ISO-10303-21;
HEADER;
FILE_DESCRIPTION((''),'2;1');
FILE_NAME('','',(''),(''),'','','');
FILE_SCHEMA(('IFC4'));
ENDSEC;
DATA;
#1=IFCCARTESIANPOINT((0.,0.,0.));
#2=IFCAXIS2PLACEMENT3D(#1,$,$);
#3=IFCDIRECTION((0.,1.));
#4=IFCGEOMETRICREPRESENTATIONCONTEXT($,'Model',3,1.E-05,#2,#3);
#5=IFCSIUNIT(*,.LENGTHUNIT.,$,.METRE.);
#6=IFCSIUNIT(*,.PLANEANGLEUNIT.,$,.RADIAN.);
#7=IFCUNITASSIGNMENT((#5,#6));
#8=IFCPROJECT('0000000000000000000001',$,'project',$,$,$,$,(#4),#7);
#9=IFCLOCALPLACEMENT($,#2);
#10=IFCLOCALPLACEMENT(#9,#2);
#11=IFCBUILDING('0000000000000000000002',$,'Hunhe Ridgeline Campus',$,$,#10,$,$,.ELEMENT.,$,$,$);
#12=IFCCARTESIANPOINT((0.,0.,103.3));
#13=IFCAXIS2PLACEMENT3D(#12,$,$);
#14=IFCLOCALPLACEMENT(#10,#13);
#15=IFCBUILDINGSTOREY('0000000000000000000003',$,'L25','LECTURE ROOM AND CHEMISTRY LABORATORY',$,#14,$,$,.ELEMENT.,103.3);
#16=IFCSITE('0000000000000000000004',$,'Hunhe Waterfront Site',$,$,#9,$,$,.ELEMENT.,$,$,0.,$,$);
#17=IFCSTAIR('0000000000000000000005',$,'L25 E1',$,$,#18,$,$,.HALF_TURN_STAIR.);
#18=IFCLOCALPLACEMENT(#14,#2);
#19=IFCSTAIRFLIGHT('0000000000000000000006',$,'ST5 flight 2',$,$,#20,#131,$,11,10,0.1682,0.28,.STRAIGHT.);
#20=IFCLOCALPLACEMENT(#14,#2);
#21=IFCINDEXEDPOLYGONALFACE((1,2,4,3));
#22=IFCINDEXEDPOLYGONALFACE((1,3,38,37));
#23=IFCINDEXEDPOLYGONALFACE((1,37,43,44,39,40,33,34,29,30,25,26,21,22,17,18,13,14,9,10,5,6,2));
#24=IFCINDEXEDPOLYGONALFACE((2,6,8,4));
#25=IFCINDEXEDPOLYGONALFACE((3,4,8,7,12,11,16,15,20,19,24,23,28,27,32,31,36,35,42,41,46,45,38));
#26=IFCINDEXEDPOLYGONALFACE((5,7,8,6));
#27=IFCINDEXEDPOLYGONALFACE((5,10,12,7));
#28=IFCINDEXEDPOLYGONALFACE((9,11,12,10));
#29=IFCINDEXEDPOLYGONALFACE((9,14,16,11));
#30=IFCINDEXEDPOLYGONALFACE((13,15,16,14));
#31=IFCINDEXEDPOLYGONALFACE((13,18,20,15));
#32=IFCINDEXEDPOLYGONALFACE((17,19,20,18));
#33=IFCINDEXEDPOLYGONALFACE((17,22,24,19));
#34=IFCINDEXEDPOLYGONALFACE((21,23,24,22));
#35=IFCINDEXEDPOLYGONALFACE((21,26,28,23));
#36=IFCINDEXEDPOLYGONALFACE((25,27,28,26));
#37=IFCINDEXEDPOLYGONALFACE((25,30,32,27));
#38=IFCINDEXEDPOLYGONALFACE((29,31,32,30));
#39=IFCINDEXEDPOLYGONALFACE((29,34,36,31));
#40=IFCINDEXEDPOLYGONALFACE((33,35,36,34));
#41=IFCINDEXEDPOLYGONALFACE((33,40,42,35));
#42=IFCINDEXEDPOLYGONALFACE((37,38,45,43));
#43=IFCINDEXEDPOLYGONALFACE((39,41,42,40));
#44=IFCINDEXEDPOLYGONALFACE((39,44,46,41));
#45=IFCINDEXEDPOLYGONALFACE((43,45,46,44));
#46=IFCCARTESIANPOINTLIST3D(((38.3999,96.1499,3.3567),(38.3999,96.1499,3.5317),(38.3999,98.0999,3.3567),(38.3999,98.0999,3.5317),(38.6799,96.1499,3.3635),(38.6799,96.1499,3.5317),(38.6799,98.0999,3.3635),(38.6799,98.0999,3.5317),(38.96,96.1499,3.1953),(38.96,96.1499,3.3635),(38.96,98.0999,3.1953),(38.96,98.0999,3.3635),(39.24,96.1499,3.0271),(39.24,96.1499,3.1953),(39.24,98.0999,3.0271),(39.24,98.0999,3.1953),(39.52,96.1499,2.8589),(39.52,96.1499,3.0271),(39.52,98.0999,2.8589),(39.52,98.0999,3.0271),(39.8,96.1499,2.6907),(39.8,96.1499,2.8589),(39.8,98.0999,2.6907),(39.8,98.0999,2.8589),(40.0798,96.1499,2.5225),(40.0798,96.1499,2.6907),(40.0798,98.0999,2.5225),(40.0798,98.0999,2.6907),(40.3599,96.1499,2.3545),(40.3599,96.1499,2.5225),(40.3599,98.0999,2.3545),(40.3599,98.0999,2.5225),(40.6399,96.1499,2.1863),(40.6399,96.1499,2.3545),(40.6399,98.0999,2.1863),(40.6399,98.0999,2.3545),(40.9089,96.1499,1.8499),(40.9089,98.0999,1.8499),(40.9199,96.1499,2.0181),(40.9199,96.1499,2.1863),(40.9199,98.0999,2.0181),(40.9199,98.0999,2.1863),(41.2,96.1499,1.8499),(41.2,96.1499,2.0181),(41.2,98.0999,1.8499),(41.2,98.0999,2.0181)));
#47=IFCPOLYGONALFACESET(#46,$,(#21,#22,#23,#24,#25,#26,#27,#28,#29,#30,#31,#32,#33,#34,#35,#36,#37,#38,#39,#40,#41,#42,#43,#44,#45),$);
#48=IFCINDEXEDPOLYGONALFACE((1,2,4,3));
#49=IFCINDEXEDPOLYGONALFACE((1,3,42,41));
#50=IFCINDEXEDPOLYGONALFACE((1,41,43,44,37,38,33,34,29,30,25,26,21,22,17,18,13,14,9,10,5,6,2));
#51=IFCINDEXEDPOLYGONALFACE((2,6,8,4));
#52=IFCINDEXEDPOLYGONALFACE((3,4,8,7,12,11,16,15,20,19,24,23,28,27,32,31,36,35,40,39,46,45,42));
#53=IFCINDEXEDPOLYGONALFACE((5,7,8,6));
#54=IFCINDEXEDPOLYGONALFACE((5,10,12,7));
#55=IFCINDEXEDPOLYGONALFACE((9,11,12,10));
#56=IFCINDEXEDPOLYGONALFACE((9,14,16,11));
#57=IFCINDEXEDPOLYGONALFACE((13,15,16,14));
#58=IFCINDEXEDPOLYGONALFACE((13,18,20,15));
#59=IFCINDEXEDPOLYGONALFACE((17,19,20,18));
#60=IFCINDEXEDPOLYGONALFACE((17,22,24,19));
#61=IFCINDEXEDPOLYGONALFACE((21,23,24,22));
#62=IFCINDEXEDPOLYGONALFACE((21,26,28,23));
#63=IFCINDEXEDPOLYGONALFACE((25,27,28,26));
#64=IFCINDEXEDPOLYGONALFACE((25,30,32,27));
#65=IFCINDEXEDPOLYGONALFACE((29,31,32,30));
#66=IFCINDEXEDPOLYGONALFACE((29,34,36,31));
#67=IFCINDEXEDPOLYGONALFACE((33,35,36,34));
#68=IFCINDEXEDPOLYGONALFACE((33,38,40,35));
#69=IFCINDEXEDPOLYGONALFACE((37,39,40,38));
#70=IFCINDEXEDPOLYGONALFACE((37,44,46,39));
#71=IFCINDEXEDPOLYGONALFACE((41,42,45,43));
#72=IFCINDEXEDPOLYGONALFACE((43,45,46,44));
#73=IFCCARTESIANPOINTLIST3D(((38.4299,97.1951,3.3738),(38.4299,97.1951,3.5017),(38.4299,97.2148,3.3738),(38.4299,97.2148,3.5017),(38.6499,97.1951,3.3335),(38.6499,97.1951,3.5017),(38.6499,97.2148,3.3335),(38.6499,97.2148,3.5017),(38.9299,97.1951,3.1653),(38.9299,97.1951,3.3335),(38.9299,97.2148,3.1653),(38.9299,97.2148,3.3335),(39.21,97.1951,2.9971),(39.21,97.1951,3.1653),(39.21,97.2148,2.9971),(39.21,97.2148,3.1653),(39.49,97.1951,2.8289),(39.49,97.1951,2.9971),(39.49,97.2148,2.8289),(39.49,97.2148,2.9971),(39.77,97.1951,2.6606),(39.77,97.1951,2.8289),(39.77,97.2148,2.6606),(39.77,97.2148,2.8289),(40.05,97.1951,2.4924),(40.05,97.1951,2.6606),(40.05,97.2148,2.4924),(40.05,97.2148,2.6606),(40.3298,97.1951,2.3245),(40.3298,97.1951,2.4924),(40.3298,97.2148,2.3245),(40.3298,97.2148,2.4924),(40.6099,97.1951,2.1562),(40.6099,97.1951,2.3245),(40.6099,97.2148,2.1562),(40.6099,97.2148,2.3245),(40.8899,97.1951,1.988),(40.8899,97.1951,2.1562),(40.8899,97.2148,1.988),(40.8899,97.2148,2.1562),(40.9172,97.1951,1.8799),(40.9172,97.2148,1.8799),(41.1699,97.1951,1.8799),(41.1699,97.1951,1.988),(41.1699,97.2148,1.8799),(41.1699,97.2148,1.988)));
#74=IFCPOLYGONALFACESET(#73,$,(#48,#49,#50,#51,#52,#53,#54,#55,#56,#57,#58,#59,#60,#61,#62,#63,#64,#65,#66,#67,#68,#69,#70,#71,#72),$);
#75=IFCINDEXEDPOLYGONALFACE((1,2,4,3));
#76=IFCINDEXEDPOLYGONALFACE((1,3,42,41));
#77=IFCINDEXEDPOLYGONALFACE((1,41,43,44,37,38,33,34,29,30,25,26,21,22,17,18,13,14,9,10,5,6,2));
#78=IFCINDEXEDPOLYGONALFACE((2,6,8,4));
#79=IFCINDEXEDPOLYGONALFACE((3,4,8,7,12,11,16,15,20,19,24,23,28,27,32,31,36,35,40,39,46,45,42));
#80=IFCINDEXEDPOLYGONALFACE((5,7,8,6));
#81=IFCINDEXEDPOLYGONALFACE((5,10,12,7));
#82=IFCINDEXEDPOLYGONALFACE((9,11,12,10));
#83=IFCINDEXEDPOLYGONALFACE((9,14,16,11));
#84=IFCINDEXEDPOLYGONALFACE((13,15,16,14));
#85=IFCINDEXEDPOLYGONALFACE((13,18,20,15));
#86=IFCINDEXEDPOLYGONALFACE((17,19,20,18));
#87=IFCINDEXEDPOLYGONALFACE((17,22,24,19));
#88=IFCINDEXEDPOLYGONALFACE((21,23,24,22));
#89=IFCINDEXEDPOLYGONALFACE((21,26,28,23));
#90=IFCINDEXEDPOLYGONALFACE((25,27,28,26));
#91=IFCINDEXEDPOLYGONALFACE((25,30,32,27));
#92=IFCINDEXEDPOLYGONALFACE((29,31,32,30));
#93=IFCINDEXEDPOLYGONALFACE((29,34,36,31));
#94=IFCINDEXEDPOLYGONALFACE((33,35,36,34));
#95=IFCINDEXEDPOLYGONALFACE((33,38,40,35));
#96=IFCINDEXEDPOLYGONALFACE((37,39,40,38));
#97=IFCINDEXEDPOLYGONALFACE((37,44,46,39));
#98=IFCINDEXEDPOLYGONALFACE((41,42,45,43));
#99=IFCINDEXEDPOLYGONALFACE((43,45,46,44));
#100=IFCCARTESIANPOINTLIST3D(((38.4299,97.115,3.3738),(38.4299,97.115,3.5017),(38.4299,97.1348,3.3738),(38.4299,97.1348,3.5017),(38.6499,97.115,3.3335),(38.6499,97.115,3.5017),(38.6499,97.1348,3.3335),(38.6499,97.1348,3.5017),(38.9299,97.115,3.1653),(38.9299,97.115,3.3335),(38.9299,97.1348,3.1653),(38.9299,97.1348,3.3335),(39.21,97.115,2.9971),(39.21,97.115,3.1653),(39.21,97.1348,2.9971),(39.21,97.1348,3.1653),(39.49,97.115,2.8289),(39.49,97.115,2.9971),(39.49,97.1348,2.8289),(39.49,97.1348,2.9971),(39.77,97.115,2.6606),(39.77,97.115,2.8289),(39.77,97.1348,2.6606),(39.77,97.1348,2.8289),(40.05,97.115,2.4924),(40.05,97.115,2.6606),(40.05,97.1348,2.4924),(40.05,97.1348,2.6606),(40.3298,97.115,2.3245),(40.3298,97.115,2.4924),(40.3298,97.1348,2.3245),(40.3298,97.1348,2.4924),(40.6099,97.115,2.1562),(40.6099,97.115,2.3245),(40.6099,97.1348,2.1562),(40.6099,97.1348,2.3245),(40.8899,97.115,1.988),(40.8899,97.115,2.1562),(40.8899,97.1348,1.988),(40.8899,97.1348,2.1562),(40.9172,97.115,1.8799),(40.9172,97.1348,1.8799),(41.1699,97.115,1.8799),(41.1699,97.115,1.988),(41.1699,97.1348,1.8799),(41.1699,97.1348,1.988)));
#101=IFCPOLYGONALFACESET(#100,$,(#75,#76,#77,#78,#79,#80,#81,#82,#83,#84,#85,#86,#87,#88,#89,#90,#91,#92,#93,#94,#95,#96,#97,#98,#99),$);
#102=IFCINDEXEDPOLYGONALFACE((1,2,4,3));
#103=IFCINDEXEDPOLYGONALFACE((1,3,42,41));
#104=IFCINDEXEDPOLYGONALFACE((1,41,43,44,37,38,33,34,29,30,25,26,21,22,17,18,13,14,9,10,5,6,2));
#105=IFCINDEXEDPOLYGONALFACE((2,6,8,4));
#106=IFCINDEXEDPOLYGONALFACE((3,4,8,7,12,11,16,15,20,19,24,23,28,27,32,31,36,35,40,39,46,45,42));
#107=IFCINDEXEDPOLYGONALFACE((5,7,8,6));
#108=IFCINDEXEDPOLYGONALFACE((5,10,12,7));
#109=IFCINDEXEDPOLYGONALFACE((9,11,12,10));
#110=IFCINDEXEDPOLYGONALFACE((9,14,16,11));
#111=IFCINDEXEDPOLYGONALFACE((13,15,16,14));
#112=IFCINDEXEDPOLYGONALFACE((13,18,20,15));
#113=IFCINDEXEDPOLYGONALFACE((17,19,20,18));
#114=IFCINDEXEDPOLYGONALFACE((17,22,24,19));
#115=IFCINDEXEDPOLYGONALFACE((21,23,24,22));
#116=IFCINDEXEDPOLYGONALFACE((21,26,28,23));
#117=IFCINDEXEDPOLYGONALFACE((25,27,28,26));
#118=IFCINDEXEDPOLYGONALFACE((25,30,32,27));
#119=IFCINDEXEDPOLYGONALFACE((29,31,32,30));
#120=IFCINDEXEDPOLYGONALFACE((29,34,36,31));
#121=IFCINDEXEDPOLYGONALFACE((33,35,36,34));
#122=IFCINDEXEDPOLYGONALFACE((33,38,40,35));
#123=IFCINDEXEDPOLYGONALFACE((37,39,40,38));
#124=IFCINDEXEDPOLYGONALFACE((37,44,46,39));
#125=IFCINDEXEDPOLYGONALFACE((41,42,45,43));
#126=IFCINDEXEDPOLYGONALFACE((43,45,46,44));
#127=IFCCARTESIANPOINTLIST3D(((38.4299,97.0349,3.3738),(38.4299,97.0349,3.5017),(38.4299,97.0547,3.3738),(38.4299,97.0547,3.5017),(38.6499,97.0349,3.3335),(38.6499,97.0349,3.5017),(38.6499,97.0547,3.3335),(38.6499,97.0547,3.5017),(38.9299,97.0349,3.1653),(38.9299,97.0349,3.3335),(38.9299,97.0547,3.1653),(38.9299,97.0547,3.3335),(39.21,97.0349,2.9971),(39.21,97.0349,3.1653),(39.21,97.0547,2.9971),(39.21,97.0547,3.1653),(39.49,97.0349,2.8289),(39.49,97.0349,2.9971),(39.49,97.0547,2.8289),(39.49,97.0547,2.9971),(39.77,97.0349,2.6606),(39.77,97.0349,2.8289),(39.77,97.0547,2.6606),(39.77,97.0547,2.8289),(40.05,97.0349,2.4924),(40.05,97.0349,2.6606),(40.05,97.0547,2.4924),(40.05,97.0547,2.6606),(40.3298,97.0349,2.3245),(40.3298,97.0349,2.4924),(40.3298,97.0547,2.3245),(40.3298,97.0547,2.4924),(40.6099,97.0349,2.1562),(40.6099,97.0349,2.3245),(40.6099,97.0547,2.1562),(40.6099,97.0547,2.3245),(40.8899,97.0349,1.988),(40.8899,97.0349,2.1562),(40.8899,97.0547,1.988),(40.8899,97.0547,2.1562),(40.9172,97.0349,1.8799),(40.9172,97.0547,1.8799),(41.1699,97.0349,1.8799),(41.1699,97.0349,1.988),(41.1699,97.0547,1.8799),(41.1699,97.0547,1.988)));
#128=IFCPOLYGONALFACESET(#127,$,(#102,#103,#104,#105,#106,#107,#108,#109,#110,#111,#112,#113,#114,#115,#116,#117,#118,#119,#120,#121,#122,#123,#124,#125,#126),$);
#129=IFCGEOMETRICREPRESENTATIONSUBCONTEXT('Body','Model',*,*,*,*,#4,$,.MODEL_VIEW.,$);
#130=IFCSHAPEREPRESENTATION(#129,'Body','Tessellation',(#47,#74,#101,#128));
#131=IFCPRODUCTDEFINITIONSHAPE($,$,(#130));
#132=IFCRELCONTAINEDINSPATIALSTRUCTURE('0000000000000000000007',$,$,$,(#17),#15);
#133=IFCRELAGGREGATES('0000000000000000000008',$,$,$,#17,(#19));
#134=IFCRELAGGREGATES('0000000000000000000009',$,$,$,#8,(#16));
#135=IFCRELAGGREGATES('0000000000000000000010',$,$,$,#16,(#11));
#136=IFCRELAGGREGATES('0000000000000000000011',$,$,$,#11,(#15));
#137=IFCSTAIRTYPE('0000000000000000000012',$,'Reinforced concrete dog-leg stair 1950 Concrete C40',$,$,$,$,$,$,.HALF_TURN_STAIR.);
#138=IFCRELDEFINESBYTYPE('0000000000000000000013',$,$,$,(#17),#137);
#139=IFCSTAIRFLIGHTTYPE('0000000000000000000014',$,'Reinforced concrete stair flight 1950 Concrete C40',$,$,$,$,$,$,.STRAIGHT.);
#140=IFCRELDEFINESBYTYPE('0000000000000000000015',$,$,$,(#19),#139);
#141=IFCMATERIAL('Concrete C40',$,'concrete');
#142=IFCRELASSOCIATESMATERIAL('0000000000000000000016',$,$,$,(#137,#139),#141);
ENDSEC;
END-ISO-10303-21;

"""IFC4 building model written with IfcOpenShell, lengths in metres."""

from ifc_helpers import new_model, si_unit, direction, frame, origin, place, context, subcontext, project, spatial, polyline, outline, extrude, material, type_object, element, aggregate, save


model = new_model("IFC4")

# Units and contexts
model_context = context("Model", 3, precision=1e-05, world=origin(), true_north=direction((0.0, 1.0)))
body_context = subcontext(model_context, "Body", "Model", "MODEL_VIEW")
ifc_project = project(units=[si_unit("LENGTHUNIT", "METRE"), si_unit("PLANEANGLEUNIT", "RADIAN")], contexts=[model_context])

# Site, building, storey
site_placement = place(None, origin())
site = spatial("IfcSite", under=ifc_project, at=site_placement, Name="Hunhe Waterfront Site", CompositionType="ELEMENT", RefElevation=0.0)
building_placement = place(site_placement, origin())
building = spatial("IfcBuilding", under=site, at=building_placement, Name="Hunhe Ridgeline Campus", CompositionType="ELEMENT")
storey_placement = place(building_placement, frame((0.0, 0.0, 103.3)))
storey = spatial("IfcBuildingStorey", under=building, at=storey_placement, Name="L25", Description="LECTURE ROOM AND CHEMISTRY LABORATORY", CompositionType="ELEMENT", Elevation=103.3)

# Stair, stair flight
ifc_material_1 = material(Name="Concrete C40", Category="concrete")
stair_type = type_object("IfcStairType", Name="Reinforced concrete dog-leg stair 1950 Concrete C40", PredefinedType="HALF_TURN_STAIR", material=ifc_material_1)
stair_placement = place(storey_placement, origin())
stair = element("IfcStair", 1, at=stair_placement, inside=storey, type_object=stair_type, Name="L25 E1", PredefinedType="HALF_TURN_STAIR")
stair_flight_type = type_object("IfcStairFlightType", Name="Reinforced concrete stair flight 1950 Concrete C40", PredefinedType="STRAIGHT", material=ifc_material_1)
stair_flight_1_placement = place(storey_placement, frame((41.2, 97.125, 1.8499), z_axis=(0.0, 0.0, 1.0), x_axis=(-1.0, 0.0, 0.0)))
stair_flight_1 = element("IfcStairFlight", 2, at=stair_flight_1_placement, type_object=stair_flight_type, Name="ST5 flight 2", NumberOfRisers=11, NumberOfTreads=10, PredefinedType="STRAIGHT", RiserHeight=0.1682, TreadLength=0.28, context=body_context, shape_type="SweptSolid", body=[
    extrude(outline(polyline([(0.0, 0.0), (0.0, 0.1682), (0.28, 0.1682), (0.28, 0.3364), (0.5601, 0.3364), (0.5601, 0.5046), (0.8401, 0.5046), (0.8401, 0.6726), (1.1201, 0.6726), (1.1201, 0.8408), (1.3999, 0.8408), (1.3999, 1.009), (1.6799, 1.009), (1.6799, 1.1772), (1.96, 1.1772), (1.96, 1.3455), (2.24, 1.3455), (2.24, 1.5137), (2.52, 1.5137), (2.52, 1.6819), (2.8, 1.6819), (2.8, 1.8501), (2.8, 1.5068), (0.291, 0.0), (0.0, 0.0)])), frame((0.0, 0.9751, 0.0), z_axis=(0.0, -1.0, 0.0), x_axis=(1.0, 0.0, 0.0)), (0.0, 0.0, 1.0), 1.95),
    extrude(outline(polyline([(0.03, 0.03), (0.03, 0.1382), (0.3101, 0.1382), (0.3101, 0.3064), (0.5901, 0.3064), (0.5901, 0.4746), (0.8701, 0.4746), (0.8701, 0.6426), (1.1499, 0.6426), (1.1499, 0.8108), (1.4299, 0.8108), (1.4299, 0.979), (1.71, 0.979), (1.71, 1.1472), (1.99, 1.1472), (1.99, 1.3154), (2.27, 1.3154), (2.27, 1.4836), (2.55, 1.4836), (2.55, 1.6519), (2.77, 1.6519), (2.77, 1.5239), (0.2827, 0.03), (0.03, 0.03)])), frame((0.0, -0.0701, 0.0), z_axis=(0.0, -1.0, 0.0), x_axis=(1.0, 0.0, 0.0)), (0.0, 0.0, 1.0), 0.0198),
    extrude(outline(polyline([(0.03, 0.03), (0.03, 0.1382), (0.3101, 0.1382), (0.3101, 0.3064), (0.5901, 0.3064), (0.5901, 0.4746), (0.8701, 0.4746), (0.8701, 0.6426), (1.1499, 0.6426), (1.1499, 0.8108), (1.4299, 0.8108), (1.4299, 0.979), (1.71, 0.979), (1.71, 1.1472), (1.99, 1.1472), (1.99, 1.3154), (2.27, 1.3154), (2.27, 1.4836), (2.55, 1.4836), (2.55, 1.6519), (2.77, 1.6519), (2.77, 1.5239), (0.2827, 0.03), (0.03, 0.03)])), frame((0.0, 0.01, 0.0), z_axis=(0.0, -1.0, 0.0), x_axis=(1.0, 0.0, 0.0)), (0.0, 0.0, 1.0), 0.0198),
    extrude(outline(polyline([(0.03, 0.03), (0.03, 0.1382), (0.3101, 0.1382), (0.3101, 0.3064), (0.5901, 0.3064), (0.5901, 0.4746), (0.8701, 0.4746), (0.8701, 0.6426), (1.1499, 0.6426), (1.1499, 0.8108), (1.4299, 0.8108), (1.4299, 0.979), (1.71, 0.979), (1.71, 1.1472), (1.99, 1.1472), (1.99, 1.3154), (2.27, 1.3154), (2.27, 1.4836), (2.55, 1.4836), (2.55, 1.6519), (2.77, 1.6519), (2.77, 1.5239), (0.2827, 0.03), (0.03, 0.03)])), frame((0.0, 0.0901, 0.0), z_axis=(0.0, -1.0, 0.0), x_axis=(1.0, 0.0, 0.0)), (0.0, 0.0, 1.0), 0.0198),
])
aggregate(stair, [stair_flight_1])

save(model, "model.ifc")
